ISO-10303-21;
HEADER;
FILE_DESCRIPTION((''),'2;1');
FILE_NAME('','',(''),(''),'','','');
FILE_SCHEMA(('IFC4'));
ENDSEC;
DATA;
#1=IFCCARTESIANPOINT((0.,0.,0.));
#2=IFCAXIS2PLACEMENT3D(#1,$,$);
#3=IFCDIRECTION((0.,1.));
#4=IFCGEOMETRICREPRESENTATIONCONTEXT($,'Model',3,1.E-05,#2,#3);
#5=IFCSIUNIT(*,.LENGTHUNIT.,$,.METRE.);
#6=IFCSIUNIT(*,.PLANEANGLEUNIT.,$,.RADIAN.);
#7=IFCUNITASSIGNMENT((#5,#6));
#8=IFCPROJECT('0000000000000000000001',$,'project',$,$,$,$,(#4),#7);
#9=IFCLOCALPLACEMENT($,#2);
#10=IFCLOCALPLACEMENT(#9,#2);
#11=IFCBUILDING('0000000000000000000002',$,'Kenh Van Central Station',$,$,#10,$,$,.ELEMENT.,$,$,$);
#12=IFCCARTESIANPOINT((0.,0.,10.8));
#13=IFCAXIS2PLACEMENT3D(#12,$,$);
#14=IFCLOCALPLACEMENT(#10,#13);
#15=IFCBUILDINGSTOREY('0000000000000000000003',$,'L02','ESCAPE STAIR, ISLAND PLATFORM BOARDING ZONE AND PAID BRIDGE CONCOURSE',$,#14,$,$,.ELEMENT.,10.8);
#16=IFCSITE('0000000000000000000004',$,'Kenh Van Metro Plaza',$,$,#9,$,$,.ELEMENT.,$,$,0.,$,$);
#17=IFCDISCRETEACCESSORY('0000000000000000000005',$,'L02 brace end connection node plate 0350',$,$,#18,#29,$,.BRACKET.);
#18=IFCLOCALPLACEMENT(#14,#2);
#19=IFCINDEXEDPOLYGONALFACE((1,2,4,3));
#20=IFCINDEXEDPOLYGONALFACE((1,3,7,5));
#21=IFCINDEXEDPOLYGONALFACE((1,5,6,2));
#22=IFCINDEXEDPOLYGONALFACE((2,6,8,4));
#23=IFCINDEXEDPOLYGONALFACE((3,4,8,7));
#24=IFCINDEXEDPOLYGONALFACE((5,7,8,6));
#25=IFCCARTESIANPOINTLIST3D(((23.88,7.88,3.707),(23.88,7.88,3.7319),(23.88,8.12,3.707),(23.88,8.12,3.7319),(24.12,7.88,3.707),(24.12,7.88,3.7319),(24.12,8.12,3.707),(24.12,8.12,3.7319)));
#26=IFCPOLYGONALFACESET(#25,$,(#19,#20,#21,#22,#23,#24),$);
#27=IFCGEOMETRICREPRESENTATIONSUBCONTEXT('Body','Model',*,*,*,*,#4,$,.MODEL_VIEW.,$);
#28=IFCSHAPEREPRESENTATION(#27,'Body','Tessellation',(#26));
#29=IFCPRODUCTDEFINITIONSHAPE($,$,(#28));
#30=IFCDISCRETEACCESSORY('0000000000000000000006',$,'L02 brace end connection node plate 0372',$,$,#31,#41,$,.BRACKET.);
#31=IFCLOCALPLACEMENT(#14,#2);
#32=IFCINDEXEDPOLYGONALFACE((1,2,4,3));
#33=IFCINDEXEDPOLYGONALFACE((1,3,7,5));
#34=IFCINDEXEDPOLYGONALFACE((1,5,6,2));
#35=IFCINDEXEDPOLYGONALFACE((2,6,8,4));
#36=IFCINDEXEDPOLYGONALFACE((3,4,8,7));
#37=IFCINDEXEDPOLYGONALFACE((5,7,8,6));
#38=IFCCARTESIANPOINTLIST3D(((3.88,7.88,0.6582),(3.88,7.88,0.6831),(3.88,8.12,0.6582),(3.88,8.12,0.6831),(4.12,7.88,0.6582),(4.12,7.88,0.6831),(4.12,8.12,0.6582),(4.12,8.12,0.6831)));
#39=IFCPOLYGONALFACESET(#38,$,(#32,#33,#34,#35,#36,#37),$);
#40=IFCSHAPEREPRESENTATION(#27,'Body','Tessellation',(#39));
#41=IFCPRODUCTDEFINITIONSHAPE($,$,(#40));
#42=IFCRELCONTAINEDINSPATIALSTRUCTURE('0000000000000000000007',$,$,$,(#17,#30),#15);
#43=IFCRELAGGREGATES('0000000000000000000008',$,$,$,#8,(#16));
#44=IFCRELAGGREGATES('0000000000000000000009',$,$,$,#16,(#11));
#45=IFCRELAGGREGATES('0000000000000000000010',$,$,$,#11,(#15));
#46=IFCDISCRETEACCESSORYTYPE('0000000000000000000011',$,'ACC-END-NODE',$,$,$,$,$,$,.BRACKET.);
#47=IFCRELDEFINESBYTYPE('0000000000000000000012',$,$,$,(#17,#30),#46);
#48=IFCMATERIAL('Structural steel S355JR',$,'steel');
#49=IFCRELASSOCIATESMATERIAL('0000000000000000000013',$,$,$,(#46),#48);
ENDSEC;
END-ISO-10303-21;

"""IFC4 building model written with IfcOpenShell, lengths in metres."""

from ifc_helpers import new_model, si_unit, direction, frame, origin, origin_2d, place, context, subcontext, project, spatial, rectangle, extrude, material, type_object, element, save


model = new_model("IFC4")

# Units and contexts
model_context = context("Model", 3, precision=1e-05, world=origin(), true_north=direction((0.0, 1.0)))
body_context = subcontext(model_context, "Body", "Model", "MODEL_VIEW")
ifc_project = project(units=[si_unit("LENGTHUNIT", "METRE"), si_unit("PLANEANGLEUNIT", "RADIAN")], contexts=[model_context])

# Site, building, storey
site_placement = place(None, origin())
site = spatial("IfcSite", under=ifc_project, at=site_placement, Name="Kenh Van Metro Plaza", CompositionType="ELEMENT", RefElevation=0.0)
building_placement = place(site_placement, origin())
building = spatial("IfcBuilding", under=site, at=building_placement, Name="Kenh Van Central Station", CompositionType="ELEMENT")
storey_placement = place(building_placement, frame((0.0, 0.0, 10.8)))
storey = spatial("IfcBuildingStorey", under=building, at=storey_placement, Name="L02", Description="ESCAPE STAIR, ISLAND PLATFORM BOARDING ZONE AND PAID BRIDGE CONCOURSE", CompositionType="ELEMENT", Elevation=10.8)

# Discrete accessories
ifc_material_1 = material(Name="Structural steel S355JR", Category="steel")
discrete_accessory_type = type_object("IfcDiscreteAccessoryType", Name="ACC-END-NODE", PredefinedType="BRACKET", material=ifc_material_1)
for number, where, z_axis, x_axis, name in (
    (1, (24.0, 8.0, 3.707), (0.0, 0.0, 1.0), (1.0, 0.0, 0.0), "L02 brace end connection node plate 0350"),
    (2, (4.0, 8.0, 0.6582), (0.0, 0.0, 1.0), (1.0, 0.0, 0.0), "L02 brace end connection node plate 0372"),
):
    element("IfcDiscreteAccessory", number, at=place(storey_placement, frame(where, z_axis=z_axis, x_axis=x_axis)), inside=storey, type_object=discrete_accessory_type, Name=name, PredefinedType="BRACKET", context=body_context, shape_type="SweptSolid", body=[
        extrude(rectangle(XDim=0.24, YDim=0.24, at=origin_2d()), origin(), (0.0, 0.0, 1.0), 0.0249),
    ])

save(model, "model.ifc")
